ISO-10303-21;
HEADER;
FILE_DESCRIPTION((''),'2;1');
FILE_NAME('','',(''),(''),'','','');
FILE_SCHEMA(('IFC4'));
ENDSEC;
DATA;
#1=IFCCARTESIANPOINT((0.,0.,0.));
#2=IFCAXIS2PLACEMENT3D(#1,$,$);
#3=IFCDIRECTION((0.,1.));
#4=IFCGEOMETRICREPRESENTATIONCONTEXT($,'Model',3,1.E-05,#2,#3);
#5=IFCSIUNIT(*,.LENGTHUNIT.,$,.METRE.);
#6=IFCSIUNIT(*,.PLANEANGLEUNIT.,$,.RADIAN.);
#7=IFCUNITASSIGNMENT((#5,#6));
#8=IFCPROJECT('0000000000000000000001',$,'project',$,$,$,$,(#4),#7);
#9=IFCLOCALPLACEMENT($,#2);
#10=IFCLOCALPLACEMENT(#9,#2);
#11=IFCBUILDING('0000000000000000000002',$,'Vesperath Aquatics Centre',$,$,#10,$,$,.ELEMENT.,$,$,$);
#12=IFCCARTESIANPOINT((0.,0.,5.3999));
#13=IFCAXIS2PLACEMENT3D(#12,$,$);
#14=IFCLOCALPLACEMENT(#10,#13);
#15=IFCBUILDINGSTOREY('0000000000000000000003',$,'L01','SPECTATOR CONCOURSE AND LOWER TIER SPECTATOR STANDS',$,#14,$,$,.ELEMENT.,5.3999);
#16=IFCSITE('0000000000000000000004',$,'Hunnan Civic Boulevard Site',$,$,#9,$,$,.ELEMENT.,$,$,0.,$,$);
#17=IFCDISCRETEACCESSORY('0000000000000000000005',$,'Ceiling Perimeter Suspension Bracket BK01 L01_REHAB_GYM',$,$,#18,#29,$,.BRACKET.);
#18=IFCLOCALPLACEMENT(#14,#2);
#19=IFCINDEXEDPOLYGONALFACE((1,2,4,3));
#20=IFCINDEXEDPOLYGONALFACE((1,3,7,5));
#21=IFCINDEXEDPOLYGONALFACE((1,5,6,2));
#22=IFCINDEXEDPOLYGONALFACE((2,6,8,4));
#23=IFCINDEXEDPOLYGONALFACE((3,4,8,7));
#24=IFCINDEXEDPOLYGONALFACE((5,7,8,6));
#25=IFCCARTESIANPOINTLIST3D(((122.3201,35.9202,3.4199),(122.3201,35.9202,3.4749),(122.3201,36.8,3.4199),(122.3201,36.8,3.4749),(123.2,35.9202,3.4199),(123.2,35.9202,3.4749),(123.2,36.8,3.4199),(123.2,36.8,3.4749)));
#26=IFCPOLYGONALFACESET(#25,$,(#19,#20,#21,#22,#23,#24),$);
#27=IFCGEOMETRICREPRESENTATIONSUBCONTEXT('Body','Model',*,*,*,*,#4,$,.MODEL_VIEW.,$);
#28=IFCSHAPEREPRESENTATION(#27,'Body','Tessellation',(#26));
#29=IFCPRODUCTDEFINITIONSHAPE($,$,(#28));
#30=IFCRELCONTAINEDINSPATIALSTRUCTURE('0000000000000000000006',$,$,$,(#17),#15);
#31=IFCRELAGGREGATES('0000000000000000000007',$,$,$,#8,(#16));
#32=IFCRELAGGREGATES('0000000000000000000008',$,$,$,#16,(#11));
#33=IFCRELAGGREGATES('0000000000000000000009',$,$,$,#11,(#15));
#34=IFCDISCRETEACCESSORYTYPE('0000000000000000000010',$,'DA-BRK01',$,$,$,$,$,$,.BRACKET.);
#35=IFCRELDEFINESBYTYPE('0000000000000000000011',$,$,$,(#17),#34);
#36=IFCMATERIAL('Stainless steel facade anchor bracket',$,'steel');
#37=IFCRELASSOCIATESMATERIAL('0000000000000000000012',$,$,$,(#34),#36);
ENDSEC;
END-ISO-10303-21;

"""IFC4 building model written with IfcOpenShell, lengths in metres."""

from ifc_helpers import new_model, si_unit, direction, frame, origin, origin_2d, place, context, subcontext, project, spatial, rectangle, extrude, material, type_object, element, save


model = new_model("IFC4")

# Units and contexts
model_context = context("Model", 3, precision=1e-05, world=origin(), true_north=direction((0.0, 1.0)))
body_context = subcontext(model_context, "Body", "Model", "MODEL_VIEW")
ifc_project = project(units=[si_unit("LENGTHUNIT", "METRE"), si_unit("PLANEANGLEUNIT", "RADIAN")], contexts=[model_context])

# Site, building, storey
site_placement = place(None, origin())
site = spatial("IfcSite", under=ifc_project, at=site_placement, Name="Hunnan Civic Boulevard Site", CompositionType="ELEMENT", RefElevation=0.0)
building_placement = place(site_placement, origin())
building = spatial("IfcBuilding", under=site, at=building_placement, Name="Vesperath Aquatics Centre", CompositionType="ELEMENT")
storey_placement = place(building_placement, frame((0.0, 0.0, 5.3999)))
storey = spatial("IfcBuildingStorey", under=building, at=storey_placement, Name="L01", Description="SPECTATOR CONCOURSE AND LOWER TIER SPECTATOR STANDS", CompositionType="ELEMENT", Elevation=5.3999)

# Discrete accessory
ifc_material_1 = material(Name="Stainless steel facade anchor bracket", Category="steel")
discrete_accessory_type = type_object("IfcDiscreteAccessoryType", Name="DA-BRK01", PredefinedType="BRACKET", material=ifc_material_1)
discrete_accessory_placement = place(storey_placement, frame((122.76, 36.3601, 3.4199), z_axis=(0.0, 0.0, 1.0), x_axis=(1.0, 0.0, 0.0)))
element("IfcDiscreteAccessory", 1, at=discrete_accessory_placement, inside=storey, type_object=discrete_accessory_type, Name="Ceiling Perimeter Suspension Bracket BK01 L01_REHAB_GYM", PredefinedType="BRACKET", context=body_context, shape_type="SweptSolid", body=[
    extrude(rectangle(XDim=0.8799, YDim=0.8799, at=origin_2d()), origin(), (0.0, 0.0, 1.0), 0.0549),
])

save(model, "model.ifc")
